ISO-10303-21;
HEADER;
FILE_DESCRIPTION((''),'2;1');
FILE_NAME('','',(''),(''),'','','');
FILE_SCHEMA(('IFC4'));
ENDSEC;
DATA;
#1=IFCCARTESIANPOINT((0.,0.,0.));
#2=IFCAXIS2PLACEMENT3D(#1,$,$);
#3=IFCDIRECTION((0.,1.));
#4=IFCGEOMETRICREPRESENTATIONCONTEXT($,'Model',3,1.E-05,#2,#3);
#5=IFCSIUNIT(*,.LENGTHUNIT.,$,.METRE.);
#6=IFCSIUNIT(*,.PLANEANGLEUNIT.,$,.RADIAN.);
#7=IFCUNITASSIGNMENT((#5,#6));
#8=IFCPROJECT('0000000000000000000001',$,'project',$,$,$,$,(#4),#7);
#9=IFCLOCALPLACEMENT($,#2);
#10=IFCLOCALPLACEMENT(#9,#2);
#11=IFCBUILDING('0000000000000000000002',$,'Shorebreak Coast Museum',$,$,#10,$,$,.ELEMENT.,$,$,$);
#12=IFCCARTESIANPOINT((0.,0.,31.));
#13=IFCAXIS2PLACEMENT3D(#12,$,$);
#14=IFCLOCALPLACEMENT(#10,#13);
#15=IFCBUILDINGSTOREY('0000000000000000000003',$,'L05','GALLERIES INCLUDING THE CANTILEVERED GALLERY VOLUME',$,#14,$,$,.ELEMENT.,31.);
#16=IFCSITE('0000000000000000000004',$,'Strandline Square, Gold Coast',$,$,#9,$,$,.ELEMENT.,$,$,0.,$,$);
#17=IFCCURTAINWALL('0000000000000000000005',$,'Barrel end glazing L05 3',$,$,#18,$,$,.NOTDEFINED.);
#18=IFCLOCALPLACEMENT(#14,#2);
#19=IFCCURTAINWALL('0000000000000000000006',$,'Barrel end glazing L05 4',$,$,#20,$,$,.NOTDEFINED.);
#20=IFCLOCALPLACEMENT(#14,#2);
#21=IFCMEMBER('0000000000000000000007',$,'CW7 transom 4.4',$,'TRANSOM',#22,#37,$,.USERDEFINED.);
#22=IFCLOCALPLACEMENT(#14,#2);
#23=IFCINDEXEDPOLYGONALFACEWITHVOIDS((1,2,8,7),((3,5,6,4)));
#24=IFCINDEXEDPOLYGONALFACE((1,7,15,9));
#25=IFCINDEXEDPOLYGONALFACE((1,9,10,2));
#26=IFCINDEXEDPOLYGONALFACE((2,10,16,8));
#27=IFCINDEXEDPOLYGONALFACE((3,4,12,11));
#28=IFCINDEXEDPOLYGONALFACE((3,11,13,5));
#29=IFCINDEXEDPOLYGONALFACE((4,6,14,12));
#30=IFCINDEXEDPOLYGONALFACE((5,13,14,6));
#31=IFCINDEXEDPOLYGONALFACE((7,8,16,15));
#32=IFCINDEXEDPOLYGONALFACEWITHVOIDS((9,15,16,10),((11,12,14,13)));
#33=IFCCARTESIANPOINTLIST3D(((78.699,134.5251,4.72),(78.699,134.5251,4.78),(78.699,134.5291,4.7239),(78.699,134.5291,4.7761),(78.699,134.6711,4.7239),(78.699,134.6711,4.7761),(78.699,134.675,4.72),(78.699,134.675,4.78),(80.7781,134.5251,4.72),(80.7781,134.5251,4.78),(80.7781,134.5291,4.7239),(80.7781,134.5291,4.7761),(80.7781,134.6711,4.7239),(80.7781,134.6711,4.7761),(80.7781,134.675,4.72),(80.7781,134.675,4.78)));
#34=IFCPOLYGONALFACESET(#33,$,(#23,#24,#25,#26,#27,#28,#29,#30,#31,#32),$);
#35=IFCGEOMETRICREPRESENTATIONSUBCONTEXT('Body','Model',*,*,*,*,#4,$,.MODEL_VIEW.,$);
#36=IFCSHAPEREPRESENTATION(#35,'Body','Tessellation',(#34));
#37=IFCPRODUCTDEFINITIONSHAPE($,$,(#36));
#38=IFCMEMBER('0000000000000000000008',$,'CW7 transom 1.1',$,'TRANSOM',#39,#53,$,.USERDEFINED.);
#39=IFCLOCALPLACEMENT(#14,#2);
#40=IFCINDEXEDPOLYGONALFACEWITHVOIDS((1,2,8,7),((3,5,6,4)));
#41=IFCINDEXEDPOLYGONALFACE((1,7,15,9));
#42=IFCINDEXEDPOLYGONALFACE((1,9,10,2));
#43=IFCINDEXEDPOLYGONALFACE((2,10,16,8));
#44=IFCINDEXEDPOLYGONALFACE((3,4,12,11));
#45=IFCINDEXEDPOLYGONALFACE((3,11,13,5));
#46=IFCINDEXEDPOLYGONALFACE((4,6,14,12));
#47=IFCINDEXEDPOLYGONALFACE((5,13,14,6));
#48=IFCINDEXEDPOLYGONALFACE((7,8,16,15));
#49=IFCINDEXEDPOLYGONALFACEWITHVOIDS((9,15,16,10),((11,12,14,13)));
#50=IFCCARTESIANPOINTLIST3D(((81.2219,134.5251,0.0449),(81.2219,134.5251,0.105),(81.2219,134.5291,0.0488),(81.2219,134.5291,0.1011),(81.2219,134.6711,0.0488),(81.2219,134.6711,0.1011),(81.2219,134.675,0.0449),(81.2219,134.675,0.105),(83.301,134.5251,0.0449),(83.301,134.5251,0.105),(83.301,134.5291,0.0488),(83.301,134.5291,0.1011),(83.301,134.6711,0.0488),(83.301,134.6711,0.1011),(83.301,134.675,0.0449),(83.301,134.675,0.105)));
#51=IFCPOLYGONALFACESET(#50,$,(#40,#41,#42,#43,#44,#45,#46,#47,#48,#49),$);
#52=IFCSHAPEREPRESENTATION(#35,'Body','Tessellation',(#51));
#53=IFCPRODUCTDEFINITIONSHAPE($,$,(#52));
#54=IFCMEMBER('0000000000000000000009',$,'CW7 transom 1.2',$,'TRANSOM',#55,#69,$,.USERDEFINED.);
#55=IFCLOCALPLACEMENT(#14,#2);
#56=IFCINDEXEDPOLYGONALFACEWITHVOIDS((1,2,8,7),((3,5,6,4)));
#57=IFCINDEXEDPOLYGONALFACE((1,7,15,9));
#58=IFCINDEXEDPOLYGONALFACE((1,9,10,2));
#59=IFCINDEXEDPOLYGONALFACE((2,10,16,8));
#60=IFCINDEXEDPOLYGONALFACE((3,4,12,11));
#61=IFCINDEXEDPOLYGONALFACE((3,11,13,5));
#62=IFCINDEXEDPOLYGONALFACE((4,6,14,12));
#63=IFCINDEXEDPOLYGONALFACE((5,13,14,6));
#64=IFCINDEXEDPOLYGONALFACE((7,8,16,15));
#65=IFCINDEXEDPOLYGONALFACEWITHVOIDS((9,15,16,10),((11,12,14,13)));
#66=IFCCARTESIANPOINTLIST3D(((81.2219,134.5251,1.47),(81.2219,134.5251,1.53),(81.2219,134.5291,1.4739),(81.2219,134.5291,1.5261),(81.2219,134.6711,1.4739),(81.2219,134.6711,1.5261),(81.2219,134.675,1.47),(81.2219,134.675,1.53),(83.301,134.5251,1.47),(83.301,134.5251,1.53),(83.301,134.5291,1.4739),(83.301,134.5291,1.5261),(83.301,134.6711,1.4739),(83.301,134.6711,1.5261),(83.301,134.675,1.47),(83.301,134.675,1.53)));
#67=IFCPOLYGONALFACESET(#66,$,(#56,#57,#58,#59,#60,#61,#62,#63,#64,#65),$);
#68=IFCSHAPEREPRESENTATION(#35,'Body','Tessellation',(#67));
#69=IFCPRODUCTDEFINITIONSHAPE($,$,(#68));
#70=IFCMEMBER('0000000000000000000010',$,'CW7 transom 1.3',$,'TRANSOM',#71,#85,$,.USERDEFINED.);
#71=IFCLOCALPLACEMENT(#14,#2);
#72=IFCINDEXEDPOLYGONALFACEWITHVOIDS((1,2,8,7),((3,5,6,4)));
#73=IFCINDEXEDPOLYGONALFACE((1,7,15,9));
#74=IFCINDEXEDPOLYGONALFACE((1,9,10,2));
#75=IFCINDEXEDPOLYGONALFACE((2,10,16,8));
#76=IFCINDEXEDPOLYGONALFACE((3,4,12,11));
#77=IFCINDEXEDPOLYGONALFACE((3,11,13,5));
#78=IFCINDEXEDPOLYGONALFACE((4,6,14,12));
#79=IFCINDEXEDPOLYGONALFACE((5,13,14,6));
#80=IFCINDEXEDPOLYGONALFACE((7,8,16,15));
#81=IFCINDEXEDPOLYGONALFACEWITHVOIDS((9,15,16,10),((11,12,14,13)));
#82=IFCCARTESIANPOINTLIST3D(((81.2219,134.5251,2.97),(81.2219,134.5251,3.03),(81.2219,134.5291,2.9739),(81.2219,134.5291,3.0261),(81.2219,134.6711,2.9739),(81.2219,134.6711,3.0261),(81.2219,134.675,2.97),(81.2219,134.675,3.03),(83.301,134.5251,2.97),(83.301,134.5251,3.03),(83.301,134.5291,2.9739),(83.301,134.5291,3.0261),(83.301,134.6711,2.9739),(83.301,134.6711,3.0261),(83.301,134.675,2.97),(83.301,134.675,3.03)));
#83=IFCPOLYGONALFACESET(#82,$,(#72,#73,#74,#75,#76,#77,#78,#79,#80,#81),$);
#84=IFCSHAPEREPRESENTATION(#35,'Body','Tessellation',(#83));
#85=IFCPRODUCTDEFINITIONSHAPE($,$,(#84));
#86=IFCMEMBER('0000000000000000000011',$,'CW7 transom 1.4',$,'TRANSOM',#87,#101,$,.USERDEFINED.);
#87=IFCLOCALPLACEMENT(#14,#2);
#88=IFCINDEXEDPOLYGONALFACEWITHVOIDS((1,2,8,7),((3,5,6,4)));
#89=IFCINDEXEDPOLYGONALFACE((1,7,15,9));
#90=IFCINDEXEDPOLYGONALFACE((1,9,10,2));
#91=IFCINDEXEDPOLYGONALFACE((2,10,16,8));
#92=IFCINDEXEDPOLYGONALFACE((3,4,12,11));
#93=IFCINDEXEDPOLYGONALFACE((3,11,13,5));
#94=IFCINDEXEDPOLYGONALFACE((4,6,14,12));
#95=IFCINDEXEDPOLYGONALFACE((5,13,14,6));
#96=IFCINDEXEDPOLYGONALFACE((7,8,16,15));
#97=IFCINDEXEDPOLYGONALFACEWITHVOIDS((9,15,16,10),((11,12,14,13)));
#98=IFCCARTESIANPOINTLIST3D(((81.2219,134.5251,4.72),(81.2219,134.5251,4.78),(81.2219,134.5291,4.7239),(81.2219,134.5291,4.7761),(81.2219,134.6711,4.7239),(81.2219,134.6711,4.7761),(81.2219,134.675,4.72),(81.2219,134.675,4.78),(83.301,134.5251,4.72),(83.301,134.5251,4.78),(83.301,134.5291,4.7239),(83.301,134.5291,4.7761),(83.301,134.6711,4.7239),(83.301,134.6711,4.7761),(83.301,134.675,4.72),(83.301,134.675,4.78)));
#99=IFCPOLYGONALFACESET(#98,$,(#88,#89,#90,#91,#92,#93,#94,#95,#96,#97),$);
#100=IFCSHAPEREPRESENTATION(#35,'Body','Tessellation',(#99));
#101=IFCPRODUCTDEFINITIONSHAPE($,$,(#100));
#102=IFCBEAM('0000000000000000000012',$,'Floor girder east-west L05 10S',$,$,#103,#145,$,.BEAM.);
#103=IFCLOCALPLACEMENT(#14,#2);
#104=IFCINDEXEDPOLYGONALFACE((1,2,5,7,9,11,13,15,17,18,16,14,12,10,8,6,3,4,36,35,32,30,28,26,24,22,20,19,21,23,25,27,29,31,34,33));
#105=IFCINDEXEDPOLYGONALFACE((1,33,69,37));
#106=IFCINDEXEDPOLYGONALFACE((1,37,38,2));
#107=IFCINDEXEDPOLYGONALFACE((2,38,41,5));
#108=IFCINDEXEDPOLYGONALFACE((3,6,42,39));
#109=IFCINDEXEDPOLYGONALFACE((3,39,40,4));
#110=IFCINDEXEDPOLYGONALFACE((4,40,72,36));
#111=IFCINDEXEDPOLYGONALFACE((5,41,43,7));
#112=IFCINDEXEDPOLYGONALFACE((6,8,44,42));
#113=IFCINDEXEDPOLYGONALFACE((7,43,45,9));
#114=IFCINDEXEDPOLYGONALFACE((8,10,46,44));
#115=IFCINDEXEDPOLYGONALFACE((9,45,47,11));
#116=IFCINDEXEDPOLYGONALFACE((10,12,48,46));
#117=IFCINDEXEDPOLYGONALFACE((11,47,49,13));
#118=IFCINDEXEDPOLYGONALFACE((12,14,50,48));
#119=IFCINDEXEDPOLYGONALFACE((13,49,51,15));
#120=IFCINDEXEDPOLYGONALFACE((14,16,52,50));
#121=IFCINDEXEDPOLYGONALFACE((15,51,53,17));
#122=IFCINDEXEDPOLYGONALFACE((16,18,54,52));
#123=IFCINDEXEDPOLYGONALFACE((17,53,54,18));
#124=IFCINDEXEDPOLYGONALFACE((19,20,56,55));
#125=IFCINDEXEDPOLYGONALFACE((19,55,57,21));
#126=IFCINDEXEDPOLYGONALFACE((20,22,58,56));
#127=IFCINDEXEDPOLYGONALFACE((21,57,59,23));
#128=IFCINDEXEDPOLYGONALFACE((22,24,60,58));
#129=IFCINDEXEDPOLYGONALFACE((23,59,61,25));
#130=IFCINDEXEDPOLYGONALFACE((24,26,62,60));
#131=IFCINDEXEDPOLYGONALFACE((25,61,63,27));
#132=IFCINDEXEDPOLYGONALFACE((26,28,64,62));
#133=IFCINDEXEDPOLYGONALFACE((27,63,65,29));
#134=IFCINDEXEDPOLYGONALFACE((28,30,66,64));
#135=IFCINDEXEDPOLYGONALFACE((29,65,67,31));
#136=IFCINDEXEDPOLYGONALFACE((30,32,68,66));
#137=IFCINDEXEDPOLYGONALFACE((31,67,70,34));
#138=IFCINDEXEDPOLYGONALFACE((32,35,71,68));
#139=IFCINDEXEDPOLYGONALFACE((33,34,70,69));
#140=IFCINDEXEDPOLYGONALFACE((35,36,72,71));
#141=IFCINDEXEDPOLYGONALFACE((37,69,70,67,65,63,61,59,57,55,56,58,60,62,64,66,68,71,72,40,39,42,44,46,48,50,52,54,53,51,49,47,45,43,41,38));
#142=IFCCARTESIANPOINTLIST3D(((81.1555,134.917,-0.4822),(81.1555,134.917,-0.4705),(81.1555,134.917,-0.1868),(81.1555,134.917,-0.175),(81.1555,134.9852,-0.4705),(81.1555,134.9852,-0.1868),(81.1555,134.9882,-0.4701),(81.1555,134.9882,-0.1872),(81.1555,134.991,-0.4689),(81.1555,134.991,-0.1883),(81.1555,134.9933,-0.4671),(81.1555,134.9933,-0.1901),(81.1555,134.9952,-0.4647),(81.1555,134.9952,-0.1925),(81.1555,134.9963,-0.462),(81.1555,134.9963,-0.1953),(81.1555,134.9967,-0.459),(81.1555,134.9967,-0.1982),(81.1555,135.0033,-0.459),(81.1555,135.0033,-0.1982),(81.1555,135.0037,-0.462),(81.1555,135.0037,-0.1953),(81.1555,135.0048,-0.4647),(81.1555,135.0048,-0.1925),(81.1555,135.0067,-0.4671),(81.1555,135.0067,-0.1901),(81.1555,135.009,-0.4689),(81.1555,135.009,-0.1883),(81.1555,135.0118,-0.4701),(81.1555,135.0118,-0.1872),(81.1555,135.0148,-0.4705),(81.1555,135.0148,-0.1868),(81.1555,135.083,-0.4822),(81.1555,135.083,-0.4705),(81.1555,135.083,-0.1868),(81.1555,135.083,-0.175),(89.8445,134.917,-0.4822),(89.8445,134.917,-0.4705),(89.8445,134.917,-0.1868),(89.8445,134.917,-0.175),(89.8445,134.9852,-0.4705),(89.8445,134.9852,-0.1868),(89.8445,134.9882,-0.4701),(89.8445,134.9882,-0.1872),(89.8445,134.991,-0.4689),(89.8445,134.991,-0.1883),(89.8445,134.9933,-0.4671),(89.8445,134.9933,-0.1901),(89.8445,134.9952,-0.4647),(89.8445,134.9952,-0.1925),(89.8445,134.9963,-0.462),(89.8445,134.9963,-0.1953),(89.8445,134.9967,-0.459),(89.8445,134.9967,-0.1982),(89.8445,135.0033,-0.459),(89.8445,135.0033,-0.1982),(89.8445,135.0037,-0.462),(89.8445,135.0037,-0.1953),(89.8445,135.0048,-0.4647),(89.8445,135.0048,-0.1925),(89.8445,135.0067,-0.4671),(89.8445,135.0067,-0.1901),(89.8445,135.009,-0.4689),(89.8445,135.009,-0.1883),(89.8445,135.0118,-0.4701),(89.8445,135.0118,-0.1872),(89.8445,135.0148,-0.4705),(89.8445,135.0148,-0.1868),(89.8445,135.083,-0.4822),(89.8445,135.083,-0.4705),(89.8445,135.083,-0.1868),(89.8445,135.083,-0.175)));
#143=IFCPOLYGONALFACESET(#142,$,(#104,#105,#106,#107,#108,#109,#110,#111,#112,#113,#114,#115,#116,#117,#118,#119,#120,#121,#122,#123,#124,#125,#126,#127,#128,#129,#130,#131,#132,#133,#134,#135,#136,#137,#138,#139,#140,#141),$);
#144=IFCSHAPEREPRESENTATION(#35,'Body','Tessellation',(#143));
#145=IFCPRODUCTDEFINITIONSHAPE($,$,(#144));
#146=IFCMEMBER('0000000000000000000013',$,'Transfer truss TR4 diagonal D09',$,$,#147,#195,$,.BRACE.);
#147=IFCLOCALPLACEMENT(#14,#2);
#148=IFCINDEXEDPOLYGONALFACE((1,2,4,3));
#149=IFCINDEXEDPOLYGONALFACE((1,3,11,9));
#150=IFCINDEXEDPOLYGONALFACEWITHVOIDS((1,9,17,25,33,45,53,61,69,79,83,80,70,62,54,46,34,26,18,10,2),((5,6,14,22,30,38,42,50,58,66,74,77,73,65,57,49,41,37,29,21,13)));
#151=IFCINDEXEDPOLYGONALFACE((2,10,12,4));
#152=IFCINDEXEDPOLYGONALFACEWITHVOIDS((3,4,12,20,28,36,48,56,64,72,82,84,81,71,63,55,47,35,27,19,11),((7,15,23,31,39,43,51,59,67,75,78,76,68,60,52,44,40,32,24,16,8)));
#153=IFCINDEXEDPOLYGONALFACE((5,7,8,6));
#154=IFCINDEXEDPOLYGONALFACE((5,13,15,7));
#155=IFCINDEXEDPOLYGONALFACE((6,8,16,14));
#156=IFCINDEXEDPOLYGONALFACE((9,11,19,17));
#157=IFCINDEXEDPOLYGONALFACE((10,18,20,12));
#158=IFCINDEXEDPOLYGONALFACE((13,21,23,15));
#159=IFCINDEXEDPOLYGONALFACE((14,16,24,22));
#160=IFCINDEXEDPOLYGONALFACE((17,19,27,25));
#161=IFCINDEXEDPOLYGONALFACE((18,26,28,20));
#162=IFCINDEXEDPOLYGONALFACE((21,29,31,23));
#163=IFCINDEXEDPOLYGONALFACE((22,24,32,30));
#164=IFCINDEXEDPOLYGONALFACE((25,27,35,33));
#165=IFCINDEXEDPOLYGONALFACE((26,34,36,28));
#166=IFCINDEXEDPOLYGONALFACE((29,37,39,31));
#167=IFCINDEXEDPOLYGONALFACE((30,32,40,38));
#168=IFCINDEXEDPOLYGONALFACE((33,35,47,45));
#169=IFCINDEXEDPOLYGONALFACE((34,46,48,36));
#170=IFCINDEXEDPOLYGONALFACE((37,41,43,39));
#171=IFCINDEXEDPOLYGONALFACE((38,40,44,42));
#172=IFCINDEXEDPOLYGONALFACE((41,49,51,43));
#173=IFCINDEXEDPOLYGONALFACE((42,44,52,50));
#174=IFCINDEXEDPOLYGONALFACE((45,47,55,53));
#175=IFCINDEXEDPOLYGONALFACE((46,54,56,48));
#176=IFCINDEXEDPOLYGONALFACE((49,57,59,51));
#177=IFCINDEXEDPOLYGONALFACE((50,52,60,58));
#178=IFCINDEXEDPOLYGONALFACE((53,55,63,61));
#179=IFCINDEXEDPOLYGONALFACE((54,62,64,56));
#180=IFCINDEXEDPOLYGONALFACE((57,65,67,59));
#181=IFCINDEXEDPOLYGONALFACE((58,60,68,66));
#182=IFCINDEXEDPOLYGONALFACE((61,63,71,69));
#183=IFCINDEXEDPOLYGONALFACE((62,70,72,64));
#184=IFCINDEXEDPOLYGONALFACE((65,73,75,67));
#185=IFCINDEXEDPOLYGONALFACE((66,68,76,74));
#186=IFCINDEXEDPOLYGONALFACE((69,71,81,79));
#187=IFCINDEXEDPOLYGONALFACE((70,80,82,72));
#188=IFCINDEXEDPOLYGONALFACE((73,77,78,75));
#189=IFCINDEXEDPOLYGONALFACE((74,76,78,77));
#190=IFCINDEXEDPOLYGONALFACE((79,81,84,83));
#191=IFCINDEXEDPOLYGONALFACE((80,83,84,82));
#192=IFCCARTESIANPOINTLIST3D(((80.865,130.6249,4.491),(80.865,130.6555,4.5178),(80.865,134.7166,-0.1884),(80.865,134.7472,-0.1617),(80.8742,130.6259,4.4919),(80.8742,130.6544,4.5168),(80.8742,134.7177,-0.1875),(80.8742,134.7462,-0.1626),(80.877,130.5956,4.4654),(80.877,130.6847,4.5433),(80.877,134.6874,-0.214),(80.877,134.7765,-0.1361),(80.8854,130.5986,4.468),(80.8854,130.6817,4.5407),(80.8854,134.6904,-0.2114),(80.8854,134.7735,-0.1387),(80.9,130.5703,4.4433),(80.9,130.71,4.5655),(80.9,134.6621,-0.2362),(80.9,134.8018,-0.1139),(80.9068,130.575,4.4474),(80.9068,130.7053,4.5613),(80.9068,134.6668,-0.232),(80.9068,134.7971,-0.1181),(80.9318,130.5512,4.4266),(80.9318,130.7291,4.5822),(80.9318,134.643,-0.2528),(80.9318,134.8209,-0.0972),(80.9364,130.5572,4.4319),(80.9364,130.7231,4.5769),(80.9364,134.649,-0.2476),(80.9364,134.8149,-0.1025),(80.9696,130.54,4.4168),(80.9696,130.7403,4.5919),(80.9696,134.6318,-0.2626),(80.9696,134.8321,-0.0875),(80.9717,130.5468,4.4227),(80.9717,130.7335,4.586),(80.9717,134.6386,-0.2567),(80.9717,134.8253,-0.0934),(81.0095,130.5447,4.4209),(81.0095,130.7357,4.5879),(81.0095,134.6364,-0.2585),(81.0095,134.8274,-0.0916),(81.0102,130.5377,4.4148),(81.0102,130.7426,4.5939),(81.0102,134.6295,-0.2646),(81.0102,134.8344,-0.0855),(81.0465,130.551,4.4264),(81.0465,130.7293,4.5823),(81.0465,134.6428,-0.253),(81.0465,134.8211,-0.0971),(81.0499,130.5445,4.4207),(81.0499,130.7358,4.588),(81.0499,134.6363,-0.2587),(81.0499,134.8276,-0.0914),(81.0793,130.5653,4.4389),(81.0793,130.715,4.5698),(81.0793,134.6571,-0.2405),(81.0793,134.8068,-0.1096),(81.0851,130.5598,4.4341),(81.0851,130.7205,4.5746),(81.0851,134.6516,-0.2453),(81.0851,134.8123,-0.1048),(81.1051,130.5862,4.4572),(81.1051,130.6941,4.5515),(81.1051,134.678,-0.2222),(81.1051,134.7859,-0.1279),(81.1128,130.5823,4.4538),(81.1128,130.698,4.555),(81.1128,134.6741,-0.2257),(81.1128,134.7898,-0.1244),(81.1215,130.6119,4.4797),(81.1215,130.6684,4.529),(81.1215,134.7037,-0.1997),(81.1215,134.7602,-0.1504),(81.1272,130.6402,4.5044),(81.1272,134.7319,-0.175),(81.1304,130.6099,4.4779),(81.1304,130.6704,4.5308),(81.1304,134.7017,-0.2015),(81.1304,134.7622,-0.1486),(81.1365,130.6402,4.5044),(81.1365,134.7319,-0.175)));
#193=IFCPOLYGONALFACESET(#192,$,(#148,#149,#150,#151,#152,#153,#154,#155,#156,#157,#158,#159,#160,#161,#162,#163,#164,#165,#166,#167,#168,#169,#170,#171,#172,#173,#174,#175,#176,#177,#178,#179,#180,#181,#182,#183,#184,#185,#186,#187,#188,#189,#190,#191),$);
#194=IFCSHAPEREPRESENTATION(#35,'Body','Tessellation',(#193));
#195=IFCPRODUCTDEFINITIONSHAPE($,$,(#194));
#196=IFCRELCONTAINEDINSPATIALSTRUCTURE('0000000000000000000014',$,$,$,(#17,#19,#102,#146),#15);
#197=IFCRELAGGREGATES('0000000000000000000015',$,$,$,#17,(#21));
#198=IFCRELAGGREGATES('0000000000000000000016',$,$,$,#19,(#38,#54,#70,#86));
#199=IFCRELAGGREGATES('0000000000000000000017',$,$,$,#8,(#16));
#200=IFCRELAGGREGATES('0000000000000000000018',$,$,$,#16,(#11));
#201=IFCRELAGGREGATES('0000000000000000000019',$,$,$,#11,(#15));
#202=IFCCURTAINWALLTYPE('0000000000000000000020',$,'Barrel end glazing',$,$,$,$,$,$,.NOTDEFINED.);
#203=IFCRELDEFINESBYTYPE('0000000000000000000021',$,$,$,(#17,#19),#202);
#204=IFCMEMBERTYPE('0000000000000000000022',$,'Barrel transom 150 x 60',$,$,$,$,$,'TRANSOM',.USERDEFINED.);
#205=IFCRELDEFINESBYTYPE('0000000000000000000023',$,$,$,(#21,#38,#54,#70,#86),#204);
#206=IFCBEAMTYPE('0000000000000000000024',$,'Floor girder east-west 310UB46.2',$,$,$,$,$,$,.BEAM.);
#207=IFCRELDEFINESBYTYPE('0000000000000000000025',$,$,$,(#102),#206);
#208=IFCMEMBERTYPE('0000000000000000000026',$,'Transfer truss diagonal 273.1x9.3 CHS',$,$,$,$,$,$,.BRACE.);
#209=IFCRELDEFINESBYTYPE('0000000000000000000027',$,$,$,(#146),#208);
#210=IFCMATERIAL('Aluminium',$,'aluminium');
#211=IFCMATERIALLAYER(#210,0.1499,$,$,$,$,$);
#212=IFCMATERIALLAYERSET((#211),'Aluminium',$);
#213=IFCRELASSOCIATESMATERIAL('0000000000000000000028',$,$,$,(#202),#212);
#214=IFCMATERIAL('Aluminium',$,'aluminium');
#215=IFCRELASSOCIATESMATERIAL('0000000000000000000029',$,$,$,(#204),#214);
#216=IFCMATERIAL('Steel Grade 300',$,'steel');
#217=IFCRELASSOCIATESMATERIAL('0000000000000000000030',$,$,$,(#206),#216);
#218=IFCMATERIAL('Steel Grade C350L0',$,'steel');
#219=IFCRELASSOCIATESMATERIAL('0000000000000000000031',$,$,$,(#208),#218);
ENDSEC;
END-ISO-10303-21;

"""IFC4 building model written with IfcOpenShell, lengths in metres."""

from ifc_helpers import new_model, si_unit, direction, frame, origin, origin_2d, place, context, subcontext, project, spatial, hollow_rectangle, hollow_circle, i_section, extrude, material, layer, layer_set, material_profile, profile_set, type_object, element, aggregate, save


model = new_model("IFC4")

# Units and contexts
model_context = context("Model", 3, precision=1e-05, world=origin(), true_north=direction((0.0, 1.0)))
body_context = subcontext(model_context, "Body", "Model", "MODEL_VIEW")
ifc_project = project(units=[si_unit("LENGTHUNIT", "METRE"), si_unit("PLANEANGLEUNIT", "RADIAN")], contexts=[model_context])

# Site, building, storey
site_placement = place(None, origin())
site = spatial("IfcSite", under=ifc_project, at=site_placement, Name="Strandline Square, Gold Coast", CompositionType="ELEMENT", RefElevation=0.0)
building_placement = place(site_placement, origin())
building = spatial("IfcBuilding", under=site, at=building_placement, Name="Shorebreak Coast Museum", CompositionType="ELEMENT")
storey_placement = place(building_placement, frame((0.0, 0.0, 31.0)))
storey = spatial("IfcBuildingStorey", under=building, at=storey_placement, Name="L05", Description="GALLERIES INCLUDING THE CANTILEVERED GALLERY VOLUME", CompositionType="ELEMENT", Elevation=31.0)

# Curtain wall
ifc_material_1 = material(Name="Aluminium", Category="aluminium")
ifc_layer_1 = layer(ifc_material_1, 0.1499)
ifc_layer_set_1 = layer_set([ifc_layer_1], Name="Aluminium")
curtain_wall_type = type_object("IfcCurtainWallType", Name="Barrel end glazing", PredefinedType="NOTDEFINED", material=ifc_layer_set_1)
curtain_wall_1_placement = place(storey_placement, origin())
curtain_wall_1 = element("IfcCurtainWall", 1, at=curtain_wall_1_placement, inside=storey, type_object=curtain_wall_type, Name="Barrel end glazing L05 3", PredefinedType="NOTDEFINED")

# Curtain wall
curtain_wall_2_placement = place(storey_placement, origin())
curtain_wall_2 = element("IfcCurtainWall", 2, at=curtain_wall_2_placement, inside=storey, type_object=curtain_wall_type, Name="Barrel end glazing L05 4", PredefinedType="NOTDEFINED")

# Members
ifc_material_2 = material(Name="Aluminium", Category="aluminium")
ifc_material_profile_1 = material_profile(ifc_material_2, hollow_rectangle(XDim=0.1499, YDim=0.0601, WallThickness=0.0039, at=origin_2d()), Name="AL 60x150 RHS")
ifc_profile_set_1 = profile_set([ifc_material_profile_1], Name="Aluminium")
member_type_1 = type_object("IfcMemberType", Name="Barrel transom 150 x 60", ElementType="TRANSOM", PredefinedType="USERDEFINED", material=ifc_profile_set_1)
member_1_placement = place(storey_placement, frame((78.699, 134.6001, 4.75), z_axis=(1.0, 0.0, 0.0), x_axis=(0.0, 1.0, 0.0)))
member_1 = element("IfcMember", 3, at=member_1_placement, type_object=member_type_1, Name="CW7 transom 4.4", ObjectType="TRANSOM", PredefinedType="USERDEFINED", context=body_context, shape_type="SweptSolid", body=[
    extrude(hollow_rectangle(XDim=0.1499, YDim=0.0601, WallThickness=0.0039, at=origin_2d()), origin(), (0.0, 0.0, 1.0), 2.0791),
])
member_2_placement = place(storey_placement, frame((81.2219, 134.6001, 0.075), z_axis=(1.0, 0.0, 0.0), x_axis=(0.0, 1.0, 0.0)))
member_2 = element("IfcMember", 4, at=member_2_placement, type_object=member_type_1, Name="CW7 transom 1.1", ObjectType="TRANSOM", PredefinedType="USERDEFINED", context=body_context, shape_type="SweptSolid", body=[
    extrude(hollow_rectangle(XDim=0.1499, YDim=0.0601, WallThickness=0.0039, at=origin_2d()), origin(), (0.0, 0.0, 1.0), 2.0791),
])
member_3_placement = place(storey_placement, frame((81.2219, 134.6001, 1.5), z_axis=(1.0, 0.0, 0.0), x_axis=(0.0, 1.0, 0.0)))
member_3 = element("IfcMember", 5, at=member_3_placement, type_object=member_type_1, Name="CW7 transom 1.2", ObjectType="TRANSOM", PredefinedType="USERDEFINED", context=body_context, shape_type="SweptSolid", body=[
    extrude(hollow_rectangle(XDim=0.1499, YDim=0.0601, WallThickness=0.0039, at=origin_2d()), origin(), (0.0, 0.0, 1.0), 2.0791),
])
member_4_placement = place(storey_placement, frame((81.2219, 134.6001, 3.0), z_axis=(1.0, 0.0, 0.0), x_axis=(0.0, 1.0, 0.0)))
member_4 = element("IfcMember", 6, at=member_4_placement, type_object=member_type_1, Name="CW7 transom 1.3", ObjectType="TRANSOM", PredefinedType="USERDEFINED", context=body_context, shape_type="SweptSolid", body=[
    extrude(hollow_rectangle(XDim=0.1499, YDim=0.0601, WallThickness=0.0039, at=origin_2d()), origin(), (0.0, 0.0, 1.0), 2.0791),
])
member_5_placement = place(storey_placement, frame((81.2219, 134.6001, 4.75), z_axis=(1.0, 0.0, 0.0), x_axis=(0.0, 1.0, 0.0)))
member_5 = element("IfcMember", 7, at=member_5_placement, type_object=member_type_1, Name="CW7 transom 1.4", ObjectType="TRANSOM", PredefinedType="USERDEFINED", context=body_context, shape_type="SweptSolid", body=[
    extrude(hollow_rectangle(XDim=0.1499, YDim=0.0601, WallThickness=0.0039, at=origin_2d()), origin(), (0.0, 0.0, 1.0), 2.0791),
])

# Beam
ifc_material_3 = material(Name="Steel Grade 300", Category="steel")
ifc_material_profile_2 = material_profile(ifc_material_3, i_section(OverallWidth=0.166, OverallDepth=0.3071, WebThickness=0.0066, FlangeThickness=0.0117, FilletRadius=0.0115, at=origin_2d()), Name="310UB46.2")
ifc_profile_set_2 = profile_set([ifc_material_profile_2], Name="Steel Grade 300")
beam_type = type_object("IfcBeamType", Name="Floor girder east-west 310UB46.2", PredefinedType="BEAM", material=ifc_profile_set_2)
beam_placement = place(storey_placement, frame((81.1555, 135.0, -0.3286), z_axis=(1.0, 0.0, 0.0), x_axis=(0.0, 1.0, 0.0)))
element("IfcBeam", 8, at=beam_placement, inside=storey, type_object=beam_type, Name="Floor girder east-west L05 10S", PredefinedType="BEAM", context=body_context, shape_type="SweptSolid", body=[
    extrude(i_section(OverallWidth=0.166, OverallDepth=0.3071, WebThickness=0.0066, FlangeThickness=0.0117, FilletRadius=0.0115, at=origin_2d()), origin(), (0.0, 0.0, 1.0), 8.689),
])

# Member
ifc_material_4 = material(Name="Steel Grade C350L0", Category="steel")
ifc_material_profile_3 = material_profile(ifc_material_4, hollow_circle(Radius=0.1365, WallThickness=0.0093, at=origin_2d()), Name="273.1x9.3 CHS")
ifc_profile_set_3 = profile_set([ifc_material_profile_3], Name="Steel Grade C350L0")
member_type_2 = type_object("IfcMemberType", Name="Transfer truss diagonal 273.1x9.3 CHS", PredefinedType="BRACE", material=ifc_profile_set_3)
member_6_placement = place(storey_placement, frame((81.0, 134.7319, -0.175), z_axis=(0.0, -0.658257, 0.752793), x_axis=(1.0, 0.0, 0.0)))
element("IfcMember", 9, at=member_6_placement, inside=storey, type_object=member_type_2, Name="Transfer truss TR4 diagonal D09", PredefinedType="BRACE", context=body_context, shape_type="SweptSolid", body=[
    extrude(hollow_circle(Radius=0.1365, WallThickness=0.0093, at=origin_2d()), origin(), (0.0, 0.0, 1.0), 6.2161),
])

aggregate(curtain_wall_1, [member_1])
aggregate(curtain_wall_2, [member_2, member_3, member_4, member_5])

save(model, "model.ifc")
